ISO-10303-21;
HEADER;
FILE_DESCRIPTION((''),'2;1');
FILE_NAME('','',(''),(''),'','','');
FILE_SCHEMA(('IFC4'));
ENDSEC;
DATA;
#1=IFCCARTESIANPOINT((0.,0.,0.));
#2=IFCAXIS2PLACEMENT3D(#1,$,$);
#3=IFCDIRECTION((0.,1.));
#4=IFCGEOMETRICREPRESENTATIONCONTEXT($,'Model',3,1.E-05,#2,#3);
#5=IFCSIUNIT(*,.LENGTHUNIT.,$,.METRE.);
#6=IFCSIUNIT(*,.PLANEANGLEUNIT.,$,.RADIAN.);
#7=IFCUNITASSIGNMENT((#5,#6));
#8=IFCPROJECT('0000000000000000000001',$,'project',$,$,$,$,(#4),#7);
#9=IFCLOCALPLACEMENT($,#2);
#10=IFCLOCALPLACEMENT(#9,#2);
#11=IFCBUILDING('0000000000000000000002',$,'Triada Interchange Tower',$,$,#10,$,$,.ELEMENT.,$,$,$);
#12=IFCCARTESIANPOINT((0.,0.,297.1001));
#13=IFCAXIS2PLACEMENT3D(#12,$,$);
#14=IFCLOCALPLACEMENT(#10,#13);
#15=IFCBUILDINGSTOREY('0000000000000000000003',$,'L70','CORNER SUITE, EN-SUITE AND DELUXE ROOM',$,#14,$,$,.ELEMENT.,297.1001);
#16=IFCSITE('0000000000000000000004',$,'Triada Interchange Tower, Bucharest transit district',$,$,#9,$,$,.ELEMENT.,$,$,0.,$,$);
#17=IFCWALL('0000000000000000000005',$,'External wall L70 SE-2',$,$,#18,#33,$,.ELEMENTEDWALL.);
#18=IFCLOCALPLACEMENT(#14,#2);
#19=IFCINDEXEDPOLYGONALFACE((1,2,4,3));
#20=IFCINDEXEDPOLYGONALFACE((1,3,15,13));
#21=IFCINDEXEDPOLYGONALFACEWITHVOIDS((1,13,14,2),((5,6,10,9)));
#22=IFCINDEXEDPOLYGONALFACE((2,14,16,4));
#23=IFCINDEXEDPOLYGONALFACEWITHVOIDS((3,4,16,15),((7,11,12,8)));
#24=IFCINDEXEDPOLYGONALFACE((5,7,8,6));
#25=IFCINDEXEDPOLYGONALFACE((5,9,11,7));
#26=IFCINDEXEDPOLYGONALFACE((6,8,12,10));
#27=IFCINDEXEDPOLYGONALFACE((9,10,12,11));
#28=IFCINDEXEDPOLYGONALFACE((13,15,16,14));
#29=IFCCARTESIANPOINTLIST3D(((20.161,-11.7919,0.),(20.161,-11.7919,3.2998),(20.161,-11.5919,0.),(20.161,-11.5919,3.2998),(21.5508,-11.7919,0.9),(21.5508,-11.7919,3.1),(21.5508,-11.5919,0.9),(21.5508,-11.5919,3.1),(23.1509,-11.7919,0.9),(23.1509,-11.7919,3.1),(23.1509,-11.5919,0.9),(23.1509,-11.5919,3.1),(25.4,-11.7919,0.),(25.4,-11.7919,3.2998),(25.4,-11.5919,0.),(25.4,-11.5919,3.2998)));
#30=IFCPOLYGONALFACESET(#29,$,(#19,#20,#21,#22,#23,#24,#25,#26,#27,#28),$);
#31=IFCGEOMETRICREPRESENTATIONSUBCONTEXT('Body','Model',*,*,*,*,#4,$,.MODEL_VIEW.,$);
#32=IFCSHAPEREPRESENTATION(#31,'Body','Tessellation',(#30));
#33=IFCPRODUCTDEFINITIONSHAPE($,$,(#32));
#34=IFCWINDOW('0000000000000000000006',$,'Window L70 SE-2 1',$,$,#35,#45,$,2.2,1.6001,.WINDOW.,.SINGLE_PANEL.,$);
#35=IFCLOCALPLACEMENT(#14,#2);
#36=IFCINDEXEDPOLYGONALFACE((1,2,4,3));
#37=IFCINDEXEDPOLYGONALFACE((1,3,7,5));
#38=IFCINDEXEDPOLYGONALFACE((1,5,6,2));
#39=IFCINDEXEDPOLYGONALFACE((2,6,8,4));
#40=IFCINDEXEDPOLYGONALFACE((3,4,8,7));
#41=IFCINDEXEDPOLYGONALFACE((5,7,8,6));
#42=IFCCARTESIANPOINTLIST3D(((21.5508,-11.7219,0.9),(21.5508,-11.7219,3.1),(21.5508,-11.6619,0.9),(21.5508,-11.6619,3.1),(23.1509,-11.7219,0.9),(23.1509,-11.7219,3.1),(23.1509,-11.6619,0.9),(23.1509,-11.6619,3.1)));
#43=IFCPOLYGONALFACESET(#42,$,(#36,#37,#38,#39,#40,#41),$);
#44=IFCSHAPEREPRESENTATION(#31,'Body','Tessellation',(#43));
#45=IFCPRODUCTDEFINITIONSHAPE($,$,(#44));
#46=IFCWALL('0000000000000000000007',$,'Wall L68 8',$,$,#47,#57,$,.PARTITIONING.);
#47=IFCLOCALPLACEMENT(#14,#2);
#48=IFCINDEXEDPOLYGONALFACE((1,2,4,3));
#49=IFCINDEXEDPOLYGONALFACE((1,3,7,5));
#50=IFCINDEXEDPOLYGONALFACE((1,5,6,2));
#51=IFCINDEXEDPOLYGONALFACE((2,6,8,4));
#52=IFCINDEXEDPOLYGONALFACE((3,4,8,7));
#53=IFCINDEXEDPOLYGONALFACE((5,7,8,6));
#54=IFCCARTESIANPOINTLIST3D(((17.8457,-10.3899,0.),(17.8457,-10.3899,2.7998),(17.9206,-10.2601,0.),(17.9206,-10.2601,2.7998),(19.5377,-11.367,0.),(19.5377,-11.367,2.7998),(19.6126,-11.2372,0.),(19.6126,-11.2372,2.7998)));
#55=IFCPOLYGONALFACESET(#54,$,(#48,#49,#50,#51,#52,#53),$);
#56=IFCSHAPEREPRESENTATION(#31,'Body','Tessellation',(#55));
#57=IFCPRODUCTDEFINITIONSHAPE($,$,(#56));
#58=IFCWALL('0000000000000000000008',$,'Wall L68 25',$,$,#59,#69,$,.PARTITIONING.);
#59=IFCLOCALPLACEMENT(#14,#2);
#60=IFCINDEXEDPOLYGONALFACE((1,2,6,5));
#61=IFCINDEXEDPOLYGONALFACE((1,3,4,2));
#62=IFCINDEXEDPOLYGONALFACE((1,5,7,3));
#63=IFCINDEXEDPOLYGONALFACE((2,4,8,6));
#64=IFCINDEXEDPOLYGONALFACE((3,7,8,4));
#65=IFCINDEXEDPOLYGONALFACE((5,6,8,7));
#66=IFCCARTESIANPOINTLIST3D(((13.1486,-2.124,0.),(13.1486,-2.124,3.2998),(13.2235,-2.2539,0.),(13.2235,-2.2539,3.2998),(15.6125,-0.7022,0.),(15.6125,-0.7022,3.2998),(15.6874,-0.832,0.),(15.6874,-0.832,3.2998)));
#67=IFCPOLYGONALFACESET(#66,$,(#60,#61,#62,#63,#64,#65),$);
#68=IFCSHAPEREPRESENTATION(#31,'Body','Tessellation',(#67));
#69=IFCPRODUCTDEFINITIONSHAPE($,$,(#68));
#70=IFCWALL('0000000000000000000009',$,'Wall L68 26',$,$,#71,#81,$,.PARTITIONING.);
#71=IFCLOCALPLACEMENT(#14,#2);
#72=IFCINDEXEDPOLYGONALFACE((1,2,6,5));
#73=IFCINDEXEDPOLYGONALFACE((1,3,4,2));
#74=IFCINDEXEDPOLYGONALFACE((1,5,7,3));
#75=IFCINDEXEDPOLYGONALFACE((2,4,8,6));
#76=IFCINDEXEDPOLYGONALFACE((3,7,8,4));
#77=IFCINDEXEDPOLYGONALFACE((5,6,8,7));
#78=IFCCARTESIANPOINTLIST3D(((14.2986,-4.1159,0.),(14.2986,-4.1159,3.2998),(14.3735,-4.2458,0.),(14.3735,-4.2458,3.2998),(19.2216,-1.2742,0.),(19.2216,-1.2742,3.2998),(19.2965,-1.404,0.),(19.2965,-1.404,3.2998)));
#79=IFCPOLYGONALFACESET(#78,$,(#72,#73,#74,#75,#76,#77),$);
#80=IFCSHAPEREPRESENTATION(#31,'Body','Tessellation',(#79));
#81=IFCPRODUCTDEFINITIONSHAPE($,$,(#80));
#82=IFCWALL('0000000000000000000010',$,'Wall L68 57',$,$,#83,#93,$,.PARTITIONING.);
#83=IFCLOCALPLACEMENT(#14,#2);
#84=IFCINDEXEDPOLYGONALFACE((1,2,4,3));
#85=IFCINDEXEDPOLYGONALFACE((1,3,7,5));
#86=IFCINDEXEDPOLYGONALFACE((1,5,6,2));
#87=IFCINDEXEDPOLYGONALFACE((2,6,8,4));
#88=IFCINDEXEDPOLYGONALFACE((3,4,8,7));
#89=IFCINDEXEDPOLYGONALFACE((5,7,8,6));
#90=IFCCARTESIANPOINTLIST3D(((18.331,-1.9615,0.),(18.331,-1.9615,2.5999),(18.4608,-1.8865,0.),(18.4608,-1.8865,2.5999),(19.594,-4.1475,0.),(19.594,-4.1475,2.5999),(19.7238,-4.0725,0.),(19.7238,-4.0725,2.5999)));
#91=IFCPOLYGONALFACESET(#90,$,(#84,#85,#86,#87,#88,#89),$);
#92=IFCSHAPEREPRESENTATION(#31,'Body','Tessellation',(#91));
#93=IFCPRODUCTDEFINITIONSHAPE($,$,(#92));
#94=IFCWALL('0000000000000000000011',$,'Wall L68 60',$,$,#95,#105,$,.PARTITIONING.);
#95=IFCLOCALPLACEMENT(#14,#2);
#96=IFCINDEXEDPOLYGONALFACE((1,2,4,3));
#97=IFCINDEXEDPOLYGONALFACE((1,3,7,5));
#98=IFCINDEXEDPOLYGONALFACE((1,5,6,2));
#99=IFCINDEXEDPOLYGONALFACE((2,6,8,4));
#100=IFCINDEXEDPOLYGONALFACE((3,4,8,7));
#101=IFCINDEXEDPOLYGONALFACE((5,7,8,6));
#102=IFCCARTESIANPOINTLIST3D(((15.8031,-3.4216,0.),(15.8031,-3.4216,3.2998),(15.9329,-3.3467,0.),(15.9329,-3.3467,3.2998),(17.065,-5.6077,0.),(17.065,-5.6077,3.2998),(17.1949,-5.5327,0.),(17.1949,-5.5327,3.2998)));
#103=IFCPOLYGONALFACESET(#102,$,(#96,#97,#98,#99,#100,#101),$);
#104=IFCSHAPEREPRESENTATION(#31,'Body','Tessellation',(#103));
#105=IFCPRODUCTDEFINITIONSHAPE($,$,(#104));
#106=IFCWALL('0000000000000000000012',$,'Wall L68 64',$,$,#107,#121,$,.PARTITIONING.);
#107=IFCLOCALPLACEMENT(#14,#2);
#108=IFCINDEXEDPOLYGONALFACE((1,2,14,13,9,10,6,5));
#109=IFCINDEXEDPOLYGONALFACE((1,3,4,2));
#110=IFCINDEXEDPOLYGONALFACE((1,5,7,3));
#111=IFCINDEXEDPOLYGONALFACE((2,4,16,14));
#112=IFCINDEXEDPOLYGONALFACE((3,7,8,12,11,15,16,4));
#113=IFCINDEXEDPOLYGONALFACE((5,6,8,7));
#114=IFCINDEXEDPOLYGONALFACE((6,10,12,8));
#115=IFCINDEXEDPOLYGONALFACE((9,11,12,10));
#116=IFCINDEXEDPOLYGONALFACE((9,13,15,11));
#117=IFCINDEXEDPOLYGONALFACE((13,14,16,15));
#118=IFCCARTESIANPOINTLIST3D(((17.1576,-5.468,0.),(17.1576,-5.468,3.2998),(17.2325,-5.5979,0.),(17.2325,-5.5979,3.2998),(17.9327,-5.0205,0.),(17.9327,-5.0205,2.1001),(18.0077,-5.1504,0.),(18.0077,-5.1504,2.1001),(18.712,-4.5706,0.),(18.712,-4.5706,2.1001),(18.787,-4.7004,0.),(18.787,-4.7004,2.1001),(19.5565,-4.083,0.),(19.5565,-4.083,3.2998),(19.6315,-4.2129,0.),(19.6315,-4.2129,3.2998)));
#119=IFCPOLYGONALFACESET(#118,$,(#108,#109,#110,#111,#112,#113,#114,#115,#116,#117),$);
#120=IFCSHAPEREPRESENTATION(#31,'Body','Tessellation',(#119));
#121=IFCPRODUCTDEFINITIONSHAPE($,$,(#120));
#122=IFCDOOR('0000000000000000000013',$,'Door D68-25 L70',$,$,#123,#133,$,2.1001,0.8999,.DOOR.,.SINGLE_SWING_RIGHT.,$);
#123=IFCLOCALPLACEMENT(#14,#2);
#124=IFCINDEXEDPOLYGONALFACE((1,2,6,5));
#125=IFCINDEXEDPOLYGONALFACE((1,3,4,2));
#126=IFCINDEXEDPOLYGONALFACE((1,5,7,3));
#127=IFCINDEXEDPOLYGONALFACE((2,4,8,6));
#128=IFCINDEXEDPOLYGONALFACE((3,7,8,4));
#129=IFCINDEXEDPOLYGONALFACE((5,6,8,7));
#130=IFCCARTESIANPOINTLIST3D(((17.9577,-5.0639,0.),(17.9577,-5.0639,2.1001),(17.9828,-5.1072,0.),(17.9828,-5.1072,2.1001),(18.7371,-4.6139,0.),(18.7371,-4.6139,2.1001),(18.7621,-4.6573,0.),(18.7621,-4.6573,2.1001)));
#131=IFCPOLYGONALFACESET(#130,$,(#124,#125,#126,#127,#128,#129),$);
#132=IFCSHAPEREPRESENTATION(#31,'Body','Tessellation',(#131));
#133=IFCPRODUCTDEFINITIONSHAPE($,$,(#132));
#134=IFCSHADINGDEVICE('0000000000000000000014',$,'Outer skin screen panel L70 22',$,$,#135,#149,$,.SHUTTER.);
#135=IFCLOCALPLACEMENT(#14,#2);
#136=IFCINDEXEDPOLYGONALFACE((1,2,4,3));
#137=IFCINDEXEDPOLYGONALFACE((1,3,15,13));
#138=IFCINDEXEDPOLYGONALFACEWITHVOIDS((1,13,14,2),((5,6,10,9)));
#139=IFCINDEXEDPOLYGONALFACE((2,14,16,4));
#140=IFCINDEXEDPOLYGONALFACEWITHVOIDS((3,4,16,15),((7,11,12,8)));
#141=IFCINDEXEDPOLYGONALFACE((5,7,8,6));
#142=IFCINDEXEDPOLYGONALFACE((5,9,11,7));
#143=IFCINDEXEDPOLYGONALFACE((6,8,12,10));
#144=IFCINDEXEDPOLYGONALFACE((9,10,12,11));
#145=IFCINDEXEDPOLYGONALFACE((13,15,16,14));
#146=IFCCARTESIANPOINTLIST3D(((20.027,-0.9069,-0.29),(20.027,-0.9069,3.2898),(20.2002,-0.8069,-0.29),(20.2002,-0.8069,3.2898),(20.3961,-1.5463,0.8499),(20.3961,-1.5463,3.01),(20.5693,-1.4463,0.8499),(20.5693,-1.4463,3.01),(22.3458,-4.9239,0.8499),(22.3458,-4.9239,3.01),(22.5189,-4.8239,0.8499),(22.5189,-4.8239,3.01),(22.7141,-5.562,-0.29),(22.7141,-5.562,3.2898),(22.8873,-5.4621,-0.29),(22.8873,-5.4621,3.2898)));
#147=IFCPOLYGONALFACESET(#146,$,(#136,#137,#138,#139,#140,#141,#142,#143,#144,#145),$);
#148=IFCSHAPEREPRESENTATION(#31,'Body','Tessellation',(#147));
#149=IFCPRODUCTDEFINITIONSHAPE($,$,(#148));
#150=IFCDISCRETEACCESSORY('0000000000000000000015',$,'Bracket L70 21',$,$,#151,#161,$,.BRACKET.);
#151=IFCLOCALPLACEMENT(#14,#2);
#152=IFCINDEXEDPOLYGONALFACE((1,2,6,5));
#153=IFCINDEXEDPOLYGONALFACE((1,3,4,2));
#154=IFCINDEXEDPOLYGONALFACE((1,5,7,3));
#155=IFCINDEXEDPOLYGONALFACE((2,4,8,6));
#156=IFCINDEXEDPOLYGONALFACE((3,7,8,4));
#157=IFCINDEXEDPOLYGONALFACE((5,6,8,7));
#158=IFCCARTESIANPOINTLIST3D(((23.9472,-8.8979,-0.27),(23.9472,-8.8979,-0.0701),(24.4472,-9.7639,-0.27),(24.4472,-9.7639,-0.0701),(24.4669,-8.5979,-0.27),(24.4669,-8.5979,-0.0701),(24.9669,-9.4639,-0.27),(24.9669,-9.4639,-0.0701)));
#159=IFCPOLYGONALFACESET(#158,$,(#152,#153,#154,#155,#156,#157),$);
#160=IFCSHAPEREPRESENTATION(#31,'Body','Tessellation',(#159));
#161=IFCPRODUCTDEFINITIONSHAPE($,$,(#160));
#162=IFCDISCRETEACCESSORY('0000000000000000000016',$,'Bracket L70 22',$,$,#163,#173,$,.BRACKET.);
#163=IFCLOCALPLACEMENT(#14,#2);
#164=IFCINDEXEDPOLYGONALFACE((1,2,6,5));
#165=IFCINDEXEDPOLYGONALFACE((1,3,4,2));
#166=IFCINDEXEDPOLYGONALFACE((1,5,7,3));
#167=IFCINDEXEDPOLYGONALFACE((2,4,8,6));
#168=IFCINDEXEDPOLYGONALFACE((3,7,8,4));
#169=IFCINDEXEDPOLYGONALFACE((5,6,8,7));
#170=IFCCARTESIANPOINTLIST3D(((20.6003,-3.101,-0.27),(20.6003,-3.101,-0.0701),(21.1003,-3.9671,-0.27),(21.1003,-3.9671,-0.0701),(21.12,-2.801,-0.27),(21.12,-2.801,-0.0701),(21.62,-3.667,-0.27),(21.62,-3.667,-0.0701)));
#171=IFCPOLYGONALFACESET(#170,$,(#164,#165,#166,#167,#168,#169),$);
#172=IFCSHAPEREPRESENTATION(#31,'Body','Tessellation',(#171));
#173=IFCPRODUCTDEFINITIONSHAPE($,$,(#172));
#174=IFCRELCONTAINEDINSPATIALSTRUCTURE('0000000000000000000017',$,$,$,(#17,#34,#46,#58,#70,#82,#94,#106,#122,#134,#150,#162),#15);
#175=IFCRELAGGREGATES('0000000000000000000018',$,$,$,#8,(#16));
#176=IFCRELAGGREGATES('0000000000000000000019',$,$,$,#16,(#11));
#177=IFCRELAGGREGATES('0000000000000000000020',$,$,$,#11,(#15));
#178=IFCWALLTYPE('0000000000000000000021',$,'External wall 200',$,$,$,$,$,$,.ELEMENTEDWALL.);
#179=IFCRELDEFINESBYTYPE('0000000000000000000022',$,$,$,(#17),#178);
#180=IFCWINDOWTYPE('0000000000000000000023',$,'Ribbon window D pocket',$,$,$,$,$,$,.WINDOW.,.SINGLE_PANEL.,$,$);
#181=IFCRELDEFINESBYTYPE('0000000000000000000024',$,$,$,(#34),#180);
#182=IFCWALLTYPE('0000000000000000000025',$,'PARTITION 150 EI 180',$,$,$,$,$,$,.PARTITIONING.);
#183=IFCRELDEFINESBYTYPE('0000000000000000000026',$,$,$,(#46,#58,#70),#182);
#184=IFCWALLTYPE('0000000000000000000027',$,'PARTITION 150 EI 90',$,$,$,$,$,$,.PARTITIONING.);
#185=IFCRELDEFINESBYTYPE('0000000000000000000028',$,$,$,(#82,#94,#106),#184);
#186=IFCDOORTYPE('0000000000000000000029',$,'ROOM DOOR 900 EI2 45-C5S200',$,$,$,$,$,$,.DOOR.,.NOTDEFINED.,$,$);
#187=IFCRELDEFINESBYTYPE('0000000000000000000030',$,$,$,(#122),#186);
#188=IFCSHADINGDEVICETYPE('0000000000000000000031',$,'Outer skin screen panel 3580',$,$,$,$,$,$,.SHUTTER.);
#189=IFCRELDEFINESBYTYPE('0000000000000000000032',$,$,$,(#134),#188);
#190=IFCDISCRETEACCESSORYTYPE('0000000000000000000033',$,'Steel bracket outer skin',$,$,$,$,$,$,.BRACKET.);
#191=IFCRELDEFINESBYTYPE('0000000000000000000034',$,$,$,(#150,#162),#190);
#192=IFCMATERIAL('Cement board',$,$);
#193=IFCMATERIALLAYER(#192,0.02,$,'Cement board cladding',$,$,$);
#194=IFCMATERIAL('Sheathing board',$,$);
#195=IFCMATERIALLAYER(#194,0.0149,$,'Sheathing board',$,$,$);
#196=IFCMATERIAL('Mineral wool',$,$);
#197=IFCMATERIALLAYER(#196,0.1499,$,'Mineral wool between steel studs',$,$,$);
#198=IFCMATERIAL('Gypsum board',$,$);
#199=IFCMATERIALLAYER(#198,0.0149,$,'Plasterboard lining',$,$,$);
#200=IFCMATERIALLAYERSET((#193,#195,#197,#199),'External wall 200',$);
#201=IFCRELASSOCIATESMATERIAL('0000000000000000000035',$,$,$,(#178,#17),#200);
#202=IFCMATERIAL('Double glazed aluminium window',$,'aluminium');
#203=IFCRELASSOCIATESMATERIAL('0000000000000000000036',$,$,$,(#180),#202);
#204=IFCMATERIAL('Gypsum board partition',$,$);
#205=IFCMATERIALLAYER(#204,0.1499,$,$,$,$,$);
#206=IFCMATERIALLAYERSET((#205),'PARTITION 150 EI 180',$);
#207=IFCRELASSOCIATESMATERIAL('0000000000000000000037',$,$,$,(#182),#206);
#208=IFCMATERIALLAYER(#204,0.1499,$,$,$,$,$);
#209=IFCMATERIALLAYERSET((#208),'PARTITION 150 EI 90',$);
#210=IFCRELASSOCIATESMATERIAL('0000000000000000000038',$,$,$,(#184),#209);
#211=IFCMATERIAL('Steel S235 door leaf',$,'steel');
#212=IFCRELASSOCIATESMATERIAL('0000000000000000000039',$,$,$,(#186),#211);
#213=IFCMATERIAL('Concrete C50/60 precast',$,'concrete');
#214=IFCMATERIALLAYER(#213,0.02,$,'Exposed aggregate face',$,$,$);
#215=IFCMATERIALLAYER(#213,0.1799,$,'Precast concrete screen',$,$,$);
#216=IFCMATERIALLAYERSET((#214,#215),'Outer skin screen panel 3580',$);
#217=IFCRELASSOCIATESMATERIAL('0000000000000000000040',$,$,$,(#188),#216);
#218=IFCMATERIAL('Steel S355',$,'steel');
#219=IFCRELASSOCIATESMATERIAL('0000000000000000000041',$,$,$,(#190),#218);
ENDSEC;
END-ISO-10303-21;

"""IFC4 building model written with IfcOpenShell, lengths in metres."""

from ifc_helpers import new_model, si_unit, direction, frame, frame_2d, origin, origin_2d, place, context, subcontext, project, spatial, polyline, rectangle, outline, extrude, material, layer, layer_set, layer_usage, type_object, element, fill, save


model = new_model("IFC4")

# Units and contexts
model_context = context("Model", 3, precision=1e-05, world=origin(), true_north=direction((0.0, 1.0)))
body_context = subcontext(model_context, "Body", "Model", "MODEL_VIEW")
ifc_project = project(units=[si_unit("LENGTHUNIT", "METRE"), si_unit("PLANEANGLEUNIT", "RADIAN")], contexts=[model_context])

# Site, building, storey
site_placement = place(None, origin())
site = spatial("IfcSite", under=ifc_project, at=site_placement, Name="Triada Interchange Tower, Bucharest transit district", CompositionType="ELEMENT", RefElevation=0.0)
building_placement = place(site_placement, origin())
building = spatial("IfcBuilding", under=site, at=building_placement, Name="Triada Interchange Tower", CompositionType="ELEMENT")
storey_placement = place(building_placement, frame((0.0, 0.0, 297.1001)))
storey = spatial("IfcBuildingStorey", under=building, at=storey_placement, Name="L70", Description="CORNER SUITE, EN-SUITE AND DELUXE ROOM", CompositionType="ELEMENT", Elevation=297.1001)

# Shared definitions
ifc_material_1 = material(Name="Steel S235 door leaf", Category="steel")

# Wall, opening, window
ifc_material_2 = material(Name="Cement board")
ifc_layer_1 = layer(ifc_material_2, 0.02, Name="Cement board cladding")
ifc_material_3 = material(Name="Sheathing board")
ifc_layer_2 = layer(ifc_material_3, 0.0149, Name="Sheathing board")
ifc_material_4 = material(Name="Mineral wool")
ifc_layer_3 = layer(ifc_material_4, 0.1499, Name="Mineral wool between steel studs")
ifc_material_5 = material(Name="Gypsum board")
ifc_layer_4 = layer(ifc_material_5, 0.0149, Name="Plasterboard lining")
ifc_layer_set_1 = layer_set([ifc_layer_1, ifc_layer_2, ifc_layer_3, ifc_layer_4], Name="External wall 200")
ifc_layer_usage = layer_usage(ifc_layer_set_1, "AXIS2", "POSITIVE", -0.1001)
wall_type_1 = type_object("IfcWallType", Name="External wall 200", PredefinedType="ELEMENTEDWALL", material=ifc_layer_set_1)
wall_1_placement = place(storey_placement, frame((20.1609, -11.6919, 0.0), z_axis=(0.0, 0.0, 1.0), x_axis=(1.0, 0.0, 0.0)))
wall_1 = element("IfcWall", 1, at=wall_1_placement, inside=storey, type_object=wall_type_1, material=ifc_layer_usage, Name="External wall L70 SE-2", PredefinedType="ELEMENTEDWALL", context=body_context, shape_type="SweptSolid", body=[
    extrude(rectangle(XDim=5.239, YDim=0.2, at=frame_2d((2.6196, 0.0))), origin(), (0.0, 0.0, 1.0), 3.2998),
])
opening_1_placement = place(wall_1_placement, frame((1.3899, 0.0, 0.8999)))
opening_1 = element("IfcOpeningElement", 2, at=opening_1_placement, cuts=wall_1, PredefinedType="OPENING", context=body_context, shape_type="SweptSolid", body=[
    extrude(rectangle(XDim=1.6001, YDim=2.2, at=frame_2d((0.8, 1.1001))), frame((0.0, 0.1099, 0.0), z_axis=(0.0, -1.0, 0.0), x_axis=(1.0, 0.0, 0.0)), (0.0, 0.0, 1.0), 0.22),
])
ifc_material_6 = material(Name="Double glazed aluminium window", Category="aluminium")
window_type = type_object("IfcWindowType", Name="Ribbon window D pocket", PartitioningType="SINGLE_PANEL", PredefinedType="WINDOW", material=ifc_material_6)
window_placement = place(opening_1_placement, origin())
window = element("IfcWindow", 3, at=window_placement, inside=storey, type_object=window_type, Name="Window L70 SE-2 1", OverallHeight=2.2, OverallWidth=1.6001, PartitioningType="SINGLE_PANEL", PredefinedType="WINDOW", context=body_context, shape_type="SweptSolid", body=[
    extrude(rectangle(XDim=1.6001, YDim=2.2, at=frame_2d((0.8, 1.1001))), frame((0.0, 0.03, 0.0), z_axis=(0.0, -1.0, 0.0), x_axis=(1.0, 0.0, 0.0)), (0.0, 0.0, 1.0), 0.0601),
])
fill(opening_1, window)

# Walls
ifc_material_7 = material(Name="Gypsum board partition")
ifc_layer_5 = layer(ifc_material_7, 0.1499)
ifc_layer_set_2 = layer_set([ifc_layer_5], Name="PARTITION 150 EI 180")
wall_type_2 = type_object("IfcWallType", Name="PARTITION 150 EI 180", PredefinedType="PARTITIONING", material=ifc_layer_set_2)
wall_2_placement = place(storey_placement, frame((17.8831, -10.325, 0.0), z_axis=(0.0, 0.0, 1.0), x_axis=(0.865973, -0.50009, 0.0)))
element("IfcWall", 4, at=wall_2_placement, inside=storey, type_object=wall_type_2, Name="Wall L68 8", PredefinedType="PARTITIONING", context=body_context, shape_type="SweptSolid", body=[
    extrude(rectangle(XDim=1.9539, YDim=0.1499, at=frame_2d((0.9771, 0.0))), origin(), (0.0, 0.0, 1.0), 2.7998),
])
wall_3_placement = place(storey_placement, frame((13.186, -2.189, 0.0), z_axis=(0.0, 0.0, 1.0), x_axis=(0.866123, 0.499831, 0.0)))
element("IfcWall", 5, at=wall_3_placement, inside=storey, type_object=wall_type_2, Name="Wall L68 25", PredefinedType="PARTITIONING", context=body_context, shape_type="SweptSolid", body=[
    extrude(rectangle(XDim=2.8447, YDim=0.1499, at=frame_2d((1.4224, 0.0))), origin(), (0.0, 0.0, 1.0), 3.2998),
])
wall_4_placement = place(storey_placement, frame((14.3359, -4.1809, 0.0), z_axis=(0.0, 0.0, 1.0), x_axis=(0.866068, 0.499927, 0.0)))
element("IfcWall", 6, at=wall_4_placement, inside=storey, type_object=wall_type_2, Name="Wall L68 26", PredefinedType="PARTITIONING", context=body_context, shape_type="SweptSolid", body=[
    extrude(rectangle(XDim=5.6843, YDim=0.1499, at=frame_2d((2.8423, 0.0))), origin(), (0.0, 0.0, 1.0), 3.2998),
])
ifc_layer_6 = layer(ifc_material_7, 0.1499)
ifc_layer_set_3 = layer_set([ifc_layer_6], Name="PARTITION 150 EI 90")
wall_type_3 = type_object("IfcWallType", Name="PARTITION 150 EI 90", PredefinedType="PARTITIONING", material=ifc_layer_set_3)
wall_5_placement = place(storey_placement, frame((18.396, -1.9241, 0.0), z_axis=(0.0, 0.0, 1.0), x_axis=(0.500247, -0.865883, 0.0)))
element("IfcWall", 7, at=wall_5_placement, inside=storey, type_object=wall_type_3, Name="Wall L68 57", PredefinedType="PARTITIONING", context=body_context, shape_type="SweptSolid", body=[
    extrude(rectangle(XDim=2.5247, YDim=0.1499, at=frame_2d((1.2622, 0.0))), origin(), (0.0, 0.0, 1.0), 2.5999),
])
wall_6_placement = place(storey_placement, frame((15.8679, -3.384, 0.0), z_axis=(0.0, 0.0, 1.0), x_axis=(0.499957, -0.86605, 0.0)))
element("IfcWall", 8, at=wall_6_placement, inside=storey, type_object=wall_type_3, Name="Wall L68 60", PredefinedType="PARTITIONING", context=body_context, shape_type="SweptSolid", body=[
    extrude(rectangle(XDim=2.5242, YDim=0.1499, at=frame_2d((1.2622, 0.0))), origin(), (0.0, 0.0, 1.0), 3.2998),
])

# Wall, opening, door
wall_7_placement = place(storey_placement, frame((17.1951, -5.533, 0.0), z_axis=(0.0, 0.0, 1.0), x_axis=(0.866027, 0.499997, 0.0)))
wall_7 = element("IfcWall", 9, at=wall_7_placement, inside=storey, type_object=wall_type_3, Name="Wall L68 64", PredefinedType="PARTITIONING", context=body_context, shape_type="SweptSolid", body=[
    extrude(rectangle(XDim=2.77, YDim=0.1499, at=frame_2d((1.385, 0.0))), origin(), (0.0, 0.0, 1.0), 3.2998),
])
opening_2_placement = place(wall_7_placement, frame((0.895, 0.0, 0.0)))
opening_2 = element("IfcOpeningElement", 10, at=opening_2_placement, cuts=wall_7, PredefinedType="OPENING", context=body_context, shape_type="SweptSolid", body=[
    extrude(rectangle(XDim=0.8999, YDim=2.1001, at=frame_2d((0.45, 1.05))), frame((0.0, 0.085, 0.0), z_axis=(0.0, -1.0, 0.0), x_axis=(1.0, 0.0, 0.0)), (0.0, 0.0, 1.0), 0.1699),
])
door_type_1 = type_object("IfcDoorType", Name="ROOM DOOR 900 EI2 45-C5S200", OperationType="NOTDEFINED", PredefinedType="DOOR", material=ifc_material_1)
door_1_placement = place(opening_2_placement, origin())
door_1 = element("IfcDoor", 11, at=door_1_placement, inside=storey, type_object=door_type_1, Name="Door D68-25 L70", OperationType="SINGLE_SWING_RIGHT", OverallHeight=2.1001, OverallWidth=0.8999, PredefinedType="DOOR", context=body_context, shape_type="SweptSolid", body=[
    extrude(rectangle(XDim=0.8999, YDim=2.1001, at=frame_2d((0.45, 1.05))), frame((0.0, 0.0249, 0.0), z_axis=(0.0, -1.0, 0.0), x_axis=(1.0, 0.0, 0.0)), (0.0, 0.0, 1.0), 0.05),
])
fill(opening_2, door_1)

# Shading device
ifc_material_8 = material(Name="Concrete C50/60 precast", Category="concrete")
ifc_layer_7 = layer(ifc_material_8, 0.02, Name="Exposed aggregate face")
ifc_layer_8 = layer(ifc_material_8, 0.1799, Name="Precast concrete screen")
ifc_layer_set_4 = layer_set([ifc_layer_7, ifc_layer_8], Name="Outer skin screen panel 3580")
shading_device_type = type_object("IfcShadingDeviceType", Name="Outer skin screen panel 3580", PredefinedType="SHUTTER", material=ifc_layer_set_4)
shading_device_placement = place(storey_placement, frame((22.7141, -5.562, -0.29), z_axis=(0.0, 0.0, 1.0), x_axis=(-0.49992, 0.866071, 0.0)))
element("IfcShadingDevice", 12, at=shading_device_placement, inside=storey, type_object=shading_device_type, Name="Outer skin screen panel L70 22", PredefinedType="SHUTTER", context=body_context, shape_type="SweptSolid", body=[
    extrude(outline(polyline([(0.0, 0.0), (5.375, 0.0), (5.375, 3.5798), (0.0, 3.5798), (0.0, 0.0)]), holes=[polyline([(0.7368, 1.1399), (0.7368, 3.3), (4.6367, 3.3), (4.6367, 1.1399), (0.7368, 1.1399)])]), frame((0.0, 0.0, 0.0), z_axis=(0.0, -1.0, 0.0), x_axis=(1.0, 0.0, 0.0)), (0.0, 0.0, 1.0), 0.2),
])

# Discrete accessories
ifc_material_9 = material(Name="Steel S355", Category="steel")
discrete_accessory_type = type_object("IfcDiscreteAccessoryType", Name="Steel bracket outer skin", PredefinedType="BRACKET", material=ifc_material_9)
for number, where, z_axis, x_axis, name in (
    (13, (24.457, -9.1809, -0.27), (0.0, 0.0, 1.0), (0.866023, 0.500004, 0.0), "Bracket L70 21"),
    (14, (21.1101, -3.384, -0.27), (0.0, 0.0, 1.0), (0.866023, 0.500004, 0.0), "Bracket L70 22"),
):
    element("IfcDiscreteAccessory", number, at=place(storey_placement, frame(where, z_axis=z_axis, x_axis=x_axis)), inside=storey, type_object=discrete_accessory_type, Name=name, PredefinedType="BRACKET", context=body_context, shape_type="SweptSolid", body=[
        extrude(rectangle(XDim=0.6001, YDim=1.0, at=origin_2d()), origin(), (0.0, 0.0, 1.0), 0.2),
    ])

save(model, "model.ifc")
